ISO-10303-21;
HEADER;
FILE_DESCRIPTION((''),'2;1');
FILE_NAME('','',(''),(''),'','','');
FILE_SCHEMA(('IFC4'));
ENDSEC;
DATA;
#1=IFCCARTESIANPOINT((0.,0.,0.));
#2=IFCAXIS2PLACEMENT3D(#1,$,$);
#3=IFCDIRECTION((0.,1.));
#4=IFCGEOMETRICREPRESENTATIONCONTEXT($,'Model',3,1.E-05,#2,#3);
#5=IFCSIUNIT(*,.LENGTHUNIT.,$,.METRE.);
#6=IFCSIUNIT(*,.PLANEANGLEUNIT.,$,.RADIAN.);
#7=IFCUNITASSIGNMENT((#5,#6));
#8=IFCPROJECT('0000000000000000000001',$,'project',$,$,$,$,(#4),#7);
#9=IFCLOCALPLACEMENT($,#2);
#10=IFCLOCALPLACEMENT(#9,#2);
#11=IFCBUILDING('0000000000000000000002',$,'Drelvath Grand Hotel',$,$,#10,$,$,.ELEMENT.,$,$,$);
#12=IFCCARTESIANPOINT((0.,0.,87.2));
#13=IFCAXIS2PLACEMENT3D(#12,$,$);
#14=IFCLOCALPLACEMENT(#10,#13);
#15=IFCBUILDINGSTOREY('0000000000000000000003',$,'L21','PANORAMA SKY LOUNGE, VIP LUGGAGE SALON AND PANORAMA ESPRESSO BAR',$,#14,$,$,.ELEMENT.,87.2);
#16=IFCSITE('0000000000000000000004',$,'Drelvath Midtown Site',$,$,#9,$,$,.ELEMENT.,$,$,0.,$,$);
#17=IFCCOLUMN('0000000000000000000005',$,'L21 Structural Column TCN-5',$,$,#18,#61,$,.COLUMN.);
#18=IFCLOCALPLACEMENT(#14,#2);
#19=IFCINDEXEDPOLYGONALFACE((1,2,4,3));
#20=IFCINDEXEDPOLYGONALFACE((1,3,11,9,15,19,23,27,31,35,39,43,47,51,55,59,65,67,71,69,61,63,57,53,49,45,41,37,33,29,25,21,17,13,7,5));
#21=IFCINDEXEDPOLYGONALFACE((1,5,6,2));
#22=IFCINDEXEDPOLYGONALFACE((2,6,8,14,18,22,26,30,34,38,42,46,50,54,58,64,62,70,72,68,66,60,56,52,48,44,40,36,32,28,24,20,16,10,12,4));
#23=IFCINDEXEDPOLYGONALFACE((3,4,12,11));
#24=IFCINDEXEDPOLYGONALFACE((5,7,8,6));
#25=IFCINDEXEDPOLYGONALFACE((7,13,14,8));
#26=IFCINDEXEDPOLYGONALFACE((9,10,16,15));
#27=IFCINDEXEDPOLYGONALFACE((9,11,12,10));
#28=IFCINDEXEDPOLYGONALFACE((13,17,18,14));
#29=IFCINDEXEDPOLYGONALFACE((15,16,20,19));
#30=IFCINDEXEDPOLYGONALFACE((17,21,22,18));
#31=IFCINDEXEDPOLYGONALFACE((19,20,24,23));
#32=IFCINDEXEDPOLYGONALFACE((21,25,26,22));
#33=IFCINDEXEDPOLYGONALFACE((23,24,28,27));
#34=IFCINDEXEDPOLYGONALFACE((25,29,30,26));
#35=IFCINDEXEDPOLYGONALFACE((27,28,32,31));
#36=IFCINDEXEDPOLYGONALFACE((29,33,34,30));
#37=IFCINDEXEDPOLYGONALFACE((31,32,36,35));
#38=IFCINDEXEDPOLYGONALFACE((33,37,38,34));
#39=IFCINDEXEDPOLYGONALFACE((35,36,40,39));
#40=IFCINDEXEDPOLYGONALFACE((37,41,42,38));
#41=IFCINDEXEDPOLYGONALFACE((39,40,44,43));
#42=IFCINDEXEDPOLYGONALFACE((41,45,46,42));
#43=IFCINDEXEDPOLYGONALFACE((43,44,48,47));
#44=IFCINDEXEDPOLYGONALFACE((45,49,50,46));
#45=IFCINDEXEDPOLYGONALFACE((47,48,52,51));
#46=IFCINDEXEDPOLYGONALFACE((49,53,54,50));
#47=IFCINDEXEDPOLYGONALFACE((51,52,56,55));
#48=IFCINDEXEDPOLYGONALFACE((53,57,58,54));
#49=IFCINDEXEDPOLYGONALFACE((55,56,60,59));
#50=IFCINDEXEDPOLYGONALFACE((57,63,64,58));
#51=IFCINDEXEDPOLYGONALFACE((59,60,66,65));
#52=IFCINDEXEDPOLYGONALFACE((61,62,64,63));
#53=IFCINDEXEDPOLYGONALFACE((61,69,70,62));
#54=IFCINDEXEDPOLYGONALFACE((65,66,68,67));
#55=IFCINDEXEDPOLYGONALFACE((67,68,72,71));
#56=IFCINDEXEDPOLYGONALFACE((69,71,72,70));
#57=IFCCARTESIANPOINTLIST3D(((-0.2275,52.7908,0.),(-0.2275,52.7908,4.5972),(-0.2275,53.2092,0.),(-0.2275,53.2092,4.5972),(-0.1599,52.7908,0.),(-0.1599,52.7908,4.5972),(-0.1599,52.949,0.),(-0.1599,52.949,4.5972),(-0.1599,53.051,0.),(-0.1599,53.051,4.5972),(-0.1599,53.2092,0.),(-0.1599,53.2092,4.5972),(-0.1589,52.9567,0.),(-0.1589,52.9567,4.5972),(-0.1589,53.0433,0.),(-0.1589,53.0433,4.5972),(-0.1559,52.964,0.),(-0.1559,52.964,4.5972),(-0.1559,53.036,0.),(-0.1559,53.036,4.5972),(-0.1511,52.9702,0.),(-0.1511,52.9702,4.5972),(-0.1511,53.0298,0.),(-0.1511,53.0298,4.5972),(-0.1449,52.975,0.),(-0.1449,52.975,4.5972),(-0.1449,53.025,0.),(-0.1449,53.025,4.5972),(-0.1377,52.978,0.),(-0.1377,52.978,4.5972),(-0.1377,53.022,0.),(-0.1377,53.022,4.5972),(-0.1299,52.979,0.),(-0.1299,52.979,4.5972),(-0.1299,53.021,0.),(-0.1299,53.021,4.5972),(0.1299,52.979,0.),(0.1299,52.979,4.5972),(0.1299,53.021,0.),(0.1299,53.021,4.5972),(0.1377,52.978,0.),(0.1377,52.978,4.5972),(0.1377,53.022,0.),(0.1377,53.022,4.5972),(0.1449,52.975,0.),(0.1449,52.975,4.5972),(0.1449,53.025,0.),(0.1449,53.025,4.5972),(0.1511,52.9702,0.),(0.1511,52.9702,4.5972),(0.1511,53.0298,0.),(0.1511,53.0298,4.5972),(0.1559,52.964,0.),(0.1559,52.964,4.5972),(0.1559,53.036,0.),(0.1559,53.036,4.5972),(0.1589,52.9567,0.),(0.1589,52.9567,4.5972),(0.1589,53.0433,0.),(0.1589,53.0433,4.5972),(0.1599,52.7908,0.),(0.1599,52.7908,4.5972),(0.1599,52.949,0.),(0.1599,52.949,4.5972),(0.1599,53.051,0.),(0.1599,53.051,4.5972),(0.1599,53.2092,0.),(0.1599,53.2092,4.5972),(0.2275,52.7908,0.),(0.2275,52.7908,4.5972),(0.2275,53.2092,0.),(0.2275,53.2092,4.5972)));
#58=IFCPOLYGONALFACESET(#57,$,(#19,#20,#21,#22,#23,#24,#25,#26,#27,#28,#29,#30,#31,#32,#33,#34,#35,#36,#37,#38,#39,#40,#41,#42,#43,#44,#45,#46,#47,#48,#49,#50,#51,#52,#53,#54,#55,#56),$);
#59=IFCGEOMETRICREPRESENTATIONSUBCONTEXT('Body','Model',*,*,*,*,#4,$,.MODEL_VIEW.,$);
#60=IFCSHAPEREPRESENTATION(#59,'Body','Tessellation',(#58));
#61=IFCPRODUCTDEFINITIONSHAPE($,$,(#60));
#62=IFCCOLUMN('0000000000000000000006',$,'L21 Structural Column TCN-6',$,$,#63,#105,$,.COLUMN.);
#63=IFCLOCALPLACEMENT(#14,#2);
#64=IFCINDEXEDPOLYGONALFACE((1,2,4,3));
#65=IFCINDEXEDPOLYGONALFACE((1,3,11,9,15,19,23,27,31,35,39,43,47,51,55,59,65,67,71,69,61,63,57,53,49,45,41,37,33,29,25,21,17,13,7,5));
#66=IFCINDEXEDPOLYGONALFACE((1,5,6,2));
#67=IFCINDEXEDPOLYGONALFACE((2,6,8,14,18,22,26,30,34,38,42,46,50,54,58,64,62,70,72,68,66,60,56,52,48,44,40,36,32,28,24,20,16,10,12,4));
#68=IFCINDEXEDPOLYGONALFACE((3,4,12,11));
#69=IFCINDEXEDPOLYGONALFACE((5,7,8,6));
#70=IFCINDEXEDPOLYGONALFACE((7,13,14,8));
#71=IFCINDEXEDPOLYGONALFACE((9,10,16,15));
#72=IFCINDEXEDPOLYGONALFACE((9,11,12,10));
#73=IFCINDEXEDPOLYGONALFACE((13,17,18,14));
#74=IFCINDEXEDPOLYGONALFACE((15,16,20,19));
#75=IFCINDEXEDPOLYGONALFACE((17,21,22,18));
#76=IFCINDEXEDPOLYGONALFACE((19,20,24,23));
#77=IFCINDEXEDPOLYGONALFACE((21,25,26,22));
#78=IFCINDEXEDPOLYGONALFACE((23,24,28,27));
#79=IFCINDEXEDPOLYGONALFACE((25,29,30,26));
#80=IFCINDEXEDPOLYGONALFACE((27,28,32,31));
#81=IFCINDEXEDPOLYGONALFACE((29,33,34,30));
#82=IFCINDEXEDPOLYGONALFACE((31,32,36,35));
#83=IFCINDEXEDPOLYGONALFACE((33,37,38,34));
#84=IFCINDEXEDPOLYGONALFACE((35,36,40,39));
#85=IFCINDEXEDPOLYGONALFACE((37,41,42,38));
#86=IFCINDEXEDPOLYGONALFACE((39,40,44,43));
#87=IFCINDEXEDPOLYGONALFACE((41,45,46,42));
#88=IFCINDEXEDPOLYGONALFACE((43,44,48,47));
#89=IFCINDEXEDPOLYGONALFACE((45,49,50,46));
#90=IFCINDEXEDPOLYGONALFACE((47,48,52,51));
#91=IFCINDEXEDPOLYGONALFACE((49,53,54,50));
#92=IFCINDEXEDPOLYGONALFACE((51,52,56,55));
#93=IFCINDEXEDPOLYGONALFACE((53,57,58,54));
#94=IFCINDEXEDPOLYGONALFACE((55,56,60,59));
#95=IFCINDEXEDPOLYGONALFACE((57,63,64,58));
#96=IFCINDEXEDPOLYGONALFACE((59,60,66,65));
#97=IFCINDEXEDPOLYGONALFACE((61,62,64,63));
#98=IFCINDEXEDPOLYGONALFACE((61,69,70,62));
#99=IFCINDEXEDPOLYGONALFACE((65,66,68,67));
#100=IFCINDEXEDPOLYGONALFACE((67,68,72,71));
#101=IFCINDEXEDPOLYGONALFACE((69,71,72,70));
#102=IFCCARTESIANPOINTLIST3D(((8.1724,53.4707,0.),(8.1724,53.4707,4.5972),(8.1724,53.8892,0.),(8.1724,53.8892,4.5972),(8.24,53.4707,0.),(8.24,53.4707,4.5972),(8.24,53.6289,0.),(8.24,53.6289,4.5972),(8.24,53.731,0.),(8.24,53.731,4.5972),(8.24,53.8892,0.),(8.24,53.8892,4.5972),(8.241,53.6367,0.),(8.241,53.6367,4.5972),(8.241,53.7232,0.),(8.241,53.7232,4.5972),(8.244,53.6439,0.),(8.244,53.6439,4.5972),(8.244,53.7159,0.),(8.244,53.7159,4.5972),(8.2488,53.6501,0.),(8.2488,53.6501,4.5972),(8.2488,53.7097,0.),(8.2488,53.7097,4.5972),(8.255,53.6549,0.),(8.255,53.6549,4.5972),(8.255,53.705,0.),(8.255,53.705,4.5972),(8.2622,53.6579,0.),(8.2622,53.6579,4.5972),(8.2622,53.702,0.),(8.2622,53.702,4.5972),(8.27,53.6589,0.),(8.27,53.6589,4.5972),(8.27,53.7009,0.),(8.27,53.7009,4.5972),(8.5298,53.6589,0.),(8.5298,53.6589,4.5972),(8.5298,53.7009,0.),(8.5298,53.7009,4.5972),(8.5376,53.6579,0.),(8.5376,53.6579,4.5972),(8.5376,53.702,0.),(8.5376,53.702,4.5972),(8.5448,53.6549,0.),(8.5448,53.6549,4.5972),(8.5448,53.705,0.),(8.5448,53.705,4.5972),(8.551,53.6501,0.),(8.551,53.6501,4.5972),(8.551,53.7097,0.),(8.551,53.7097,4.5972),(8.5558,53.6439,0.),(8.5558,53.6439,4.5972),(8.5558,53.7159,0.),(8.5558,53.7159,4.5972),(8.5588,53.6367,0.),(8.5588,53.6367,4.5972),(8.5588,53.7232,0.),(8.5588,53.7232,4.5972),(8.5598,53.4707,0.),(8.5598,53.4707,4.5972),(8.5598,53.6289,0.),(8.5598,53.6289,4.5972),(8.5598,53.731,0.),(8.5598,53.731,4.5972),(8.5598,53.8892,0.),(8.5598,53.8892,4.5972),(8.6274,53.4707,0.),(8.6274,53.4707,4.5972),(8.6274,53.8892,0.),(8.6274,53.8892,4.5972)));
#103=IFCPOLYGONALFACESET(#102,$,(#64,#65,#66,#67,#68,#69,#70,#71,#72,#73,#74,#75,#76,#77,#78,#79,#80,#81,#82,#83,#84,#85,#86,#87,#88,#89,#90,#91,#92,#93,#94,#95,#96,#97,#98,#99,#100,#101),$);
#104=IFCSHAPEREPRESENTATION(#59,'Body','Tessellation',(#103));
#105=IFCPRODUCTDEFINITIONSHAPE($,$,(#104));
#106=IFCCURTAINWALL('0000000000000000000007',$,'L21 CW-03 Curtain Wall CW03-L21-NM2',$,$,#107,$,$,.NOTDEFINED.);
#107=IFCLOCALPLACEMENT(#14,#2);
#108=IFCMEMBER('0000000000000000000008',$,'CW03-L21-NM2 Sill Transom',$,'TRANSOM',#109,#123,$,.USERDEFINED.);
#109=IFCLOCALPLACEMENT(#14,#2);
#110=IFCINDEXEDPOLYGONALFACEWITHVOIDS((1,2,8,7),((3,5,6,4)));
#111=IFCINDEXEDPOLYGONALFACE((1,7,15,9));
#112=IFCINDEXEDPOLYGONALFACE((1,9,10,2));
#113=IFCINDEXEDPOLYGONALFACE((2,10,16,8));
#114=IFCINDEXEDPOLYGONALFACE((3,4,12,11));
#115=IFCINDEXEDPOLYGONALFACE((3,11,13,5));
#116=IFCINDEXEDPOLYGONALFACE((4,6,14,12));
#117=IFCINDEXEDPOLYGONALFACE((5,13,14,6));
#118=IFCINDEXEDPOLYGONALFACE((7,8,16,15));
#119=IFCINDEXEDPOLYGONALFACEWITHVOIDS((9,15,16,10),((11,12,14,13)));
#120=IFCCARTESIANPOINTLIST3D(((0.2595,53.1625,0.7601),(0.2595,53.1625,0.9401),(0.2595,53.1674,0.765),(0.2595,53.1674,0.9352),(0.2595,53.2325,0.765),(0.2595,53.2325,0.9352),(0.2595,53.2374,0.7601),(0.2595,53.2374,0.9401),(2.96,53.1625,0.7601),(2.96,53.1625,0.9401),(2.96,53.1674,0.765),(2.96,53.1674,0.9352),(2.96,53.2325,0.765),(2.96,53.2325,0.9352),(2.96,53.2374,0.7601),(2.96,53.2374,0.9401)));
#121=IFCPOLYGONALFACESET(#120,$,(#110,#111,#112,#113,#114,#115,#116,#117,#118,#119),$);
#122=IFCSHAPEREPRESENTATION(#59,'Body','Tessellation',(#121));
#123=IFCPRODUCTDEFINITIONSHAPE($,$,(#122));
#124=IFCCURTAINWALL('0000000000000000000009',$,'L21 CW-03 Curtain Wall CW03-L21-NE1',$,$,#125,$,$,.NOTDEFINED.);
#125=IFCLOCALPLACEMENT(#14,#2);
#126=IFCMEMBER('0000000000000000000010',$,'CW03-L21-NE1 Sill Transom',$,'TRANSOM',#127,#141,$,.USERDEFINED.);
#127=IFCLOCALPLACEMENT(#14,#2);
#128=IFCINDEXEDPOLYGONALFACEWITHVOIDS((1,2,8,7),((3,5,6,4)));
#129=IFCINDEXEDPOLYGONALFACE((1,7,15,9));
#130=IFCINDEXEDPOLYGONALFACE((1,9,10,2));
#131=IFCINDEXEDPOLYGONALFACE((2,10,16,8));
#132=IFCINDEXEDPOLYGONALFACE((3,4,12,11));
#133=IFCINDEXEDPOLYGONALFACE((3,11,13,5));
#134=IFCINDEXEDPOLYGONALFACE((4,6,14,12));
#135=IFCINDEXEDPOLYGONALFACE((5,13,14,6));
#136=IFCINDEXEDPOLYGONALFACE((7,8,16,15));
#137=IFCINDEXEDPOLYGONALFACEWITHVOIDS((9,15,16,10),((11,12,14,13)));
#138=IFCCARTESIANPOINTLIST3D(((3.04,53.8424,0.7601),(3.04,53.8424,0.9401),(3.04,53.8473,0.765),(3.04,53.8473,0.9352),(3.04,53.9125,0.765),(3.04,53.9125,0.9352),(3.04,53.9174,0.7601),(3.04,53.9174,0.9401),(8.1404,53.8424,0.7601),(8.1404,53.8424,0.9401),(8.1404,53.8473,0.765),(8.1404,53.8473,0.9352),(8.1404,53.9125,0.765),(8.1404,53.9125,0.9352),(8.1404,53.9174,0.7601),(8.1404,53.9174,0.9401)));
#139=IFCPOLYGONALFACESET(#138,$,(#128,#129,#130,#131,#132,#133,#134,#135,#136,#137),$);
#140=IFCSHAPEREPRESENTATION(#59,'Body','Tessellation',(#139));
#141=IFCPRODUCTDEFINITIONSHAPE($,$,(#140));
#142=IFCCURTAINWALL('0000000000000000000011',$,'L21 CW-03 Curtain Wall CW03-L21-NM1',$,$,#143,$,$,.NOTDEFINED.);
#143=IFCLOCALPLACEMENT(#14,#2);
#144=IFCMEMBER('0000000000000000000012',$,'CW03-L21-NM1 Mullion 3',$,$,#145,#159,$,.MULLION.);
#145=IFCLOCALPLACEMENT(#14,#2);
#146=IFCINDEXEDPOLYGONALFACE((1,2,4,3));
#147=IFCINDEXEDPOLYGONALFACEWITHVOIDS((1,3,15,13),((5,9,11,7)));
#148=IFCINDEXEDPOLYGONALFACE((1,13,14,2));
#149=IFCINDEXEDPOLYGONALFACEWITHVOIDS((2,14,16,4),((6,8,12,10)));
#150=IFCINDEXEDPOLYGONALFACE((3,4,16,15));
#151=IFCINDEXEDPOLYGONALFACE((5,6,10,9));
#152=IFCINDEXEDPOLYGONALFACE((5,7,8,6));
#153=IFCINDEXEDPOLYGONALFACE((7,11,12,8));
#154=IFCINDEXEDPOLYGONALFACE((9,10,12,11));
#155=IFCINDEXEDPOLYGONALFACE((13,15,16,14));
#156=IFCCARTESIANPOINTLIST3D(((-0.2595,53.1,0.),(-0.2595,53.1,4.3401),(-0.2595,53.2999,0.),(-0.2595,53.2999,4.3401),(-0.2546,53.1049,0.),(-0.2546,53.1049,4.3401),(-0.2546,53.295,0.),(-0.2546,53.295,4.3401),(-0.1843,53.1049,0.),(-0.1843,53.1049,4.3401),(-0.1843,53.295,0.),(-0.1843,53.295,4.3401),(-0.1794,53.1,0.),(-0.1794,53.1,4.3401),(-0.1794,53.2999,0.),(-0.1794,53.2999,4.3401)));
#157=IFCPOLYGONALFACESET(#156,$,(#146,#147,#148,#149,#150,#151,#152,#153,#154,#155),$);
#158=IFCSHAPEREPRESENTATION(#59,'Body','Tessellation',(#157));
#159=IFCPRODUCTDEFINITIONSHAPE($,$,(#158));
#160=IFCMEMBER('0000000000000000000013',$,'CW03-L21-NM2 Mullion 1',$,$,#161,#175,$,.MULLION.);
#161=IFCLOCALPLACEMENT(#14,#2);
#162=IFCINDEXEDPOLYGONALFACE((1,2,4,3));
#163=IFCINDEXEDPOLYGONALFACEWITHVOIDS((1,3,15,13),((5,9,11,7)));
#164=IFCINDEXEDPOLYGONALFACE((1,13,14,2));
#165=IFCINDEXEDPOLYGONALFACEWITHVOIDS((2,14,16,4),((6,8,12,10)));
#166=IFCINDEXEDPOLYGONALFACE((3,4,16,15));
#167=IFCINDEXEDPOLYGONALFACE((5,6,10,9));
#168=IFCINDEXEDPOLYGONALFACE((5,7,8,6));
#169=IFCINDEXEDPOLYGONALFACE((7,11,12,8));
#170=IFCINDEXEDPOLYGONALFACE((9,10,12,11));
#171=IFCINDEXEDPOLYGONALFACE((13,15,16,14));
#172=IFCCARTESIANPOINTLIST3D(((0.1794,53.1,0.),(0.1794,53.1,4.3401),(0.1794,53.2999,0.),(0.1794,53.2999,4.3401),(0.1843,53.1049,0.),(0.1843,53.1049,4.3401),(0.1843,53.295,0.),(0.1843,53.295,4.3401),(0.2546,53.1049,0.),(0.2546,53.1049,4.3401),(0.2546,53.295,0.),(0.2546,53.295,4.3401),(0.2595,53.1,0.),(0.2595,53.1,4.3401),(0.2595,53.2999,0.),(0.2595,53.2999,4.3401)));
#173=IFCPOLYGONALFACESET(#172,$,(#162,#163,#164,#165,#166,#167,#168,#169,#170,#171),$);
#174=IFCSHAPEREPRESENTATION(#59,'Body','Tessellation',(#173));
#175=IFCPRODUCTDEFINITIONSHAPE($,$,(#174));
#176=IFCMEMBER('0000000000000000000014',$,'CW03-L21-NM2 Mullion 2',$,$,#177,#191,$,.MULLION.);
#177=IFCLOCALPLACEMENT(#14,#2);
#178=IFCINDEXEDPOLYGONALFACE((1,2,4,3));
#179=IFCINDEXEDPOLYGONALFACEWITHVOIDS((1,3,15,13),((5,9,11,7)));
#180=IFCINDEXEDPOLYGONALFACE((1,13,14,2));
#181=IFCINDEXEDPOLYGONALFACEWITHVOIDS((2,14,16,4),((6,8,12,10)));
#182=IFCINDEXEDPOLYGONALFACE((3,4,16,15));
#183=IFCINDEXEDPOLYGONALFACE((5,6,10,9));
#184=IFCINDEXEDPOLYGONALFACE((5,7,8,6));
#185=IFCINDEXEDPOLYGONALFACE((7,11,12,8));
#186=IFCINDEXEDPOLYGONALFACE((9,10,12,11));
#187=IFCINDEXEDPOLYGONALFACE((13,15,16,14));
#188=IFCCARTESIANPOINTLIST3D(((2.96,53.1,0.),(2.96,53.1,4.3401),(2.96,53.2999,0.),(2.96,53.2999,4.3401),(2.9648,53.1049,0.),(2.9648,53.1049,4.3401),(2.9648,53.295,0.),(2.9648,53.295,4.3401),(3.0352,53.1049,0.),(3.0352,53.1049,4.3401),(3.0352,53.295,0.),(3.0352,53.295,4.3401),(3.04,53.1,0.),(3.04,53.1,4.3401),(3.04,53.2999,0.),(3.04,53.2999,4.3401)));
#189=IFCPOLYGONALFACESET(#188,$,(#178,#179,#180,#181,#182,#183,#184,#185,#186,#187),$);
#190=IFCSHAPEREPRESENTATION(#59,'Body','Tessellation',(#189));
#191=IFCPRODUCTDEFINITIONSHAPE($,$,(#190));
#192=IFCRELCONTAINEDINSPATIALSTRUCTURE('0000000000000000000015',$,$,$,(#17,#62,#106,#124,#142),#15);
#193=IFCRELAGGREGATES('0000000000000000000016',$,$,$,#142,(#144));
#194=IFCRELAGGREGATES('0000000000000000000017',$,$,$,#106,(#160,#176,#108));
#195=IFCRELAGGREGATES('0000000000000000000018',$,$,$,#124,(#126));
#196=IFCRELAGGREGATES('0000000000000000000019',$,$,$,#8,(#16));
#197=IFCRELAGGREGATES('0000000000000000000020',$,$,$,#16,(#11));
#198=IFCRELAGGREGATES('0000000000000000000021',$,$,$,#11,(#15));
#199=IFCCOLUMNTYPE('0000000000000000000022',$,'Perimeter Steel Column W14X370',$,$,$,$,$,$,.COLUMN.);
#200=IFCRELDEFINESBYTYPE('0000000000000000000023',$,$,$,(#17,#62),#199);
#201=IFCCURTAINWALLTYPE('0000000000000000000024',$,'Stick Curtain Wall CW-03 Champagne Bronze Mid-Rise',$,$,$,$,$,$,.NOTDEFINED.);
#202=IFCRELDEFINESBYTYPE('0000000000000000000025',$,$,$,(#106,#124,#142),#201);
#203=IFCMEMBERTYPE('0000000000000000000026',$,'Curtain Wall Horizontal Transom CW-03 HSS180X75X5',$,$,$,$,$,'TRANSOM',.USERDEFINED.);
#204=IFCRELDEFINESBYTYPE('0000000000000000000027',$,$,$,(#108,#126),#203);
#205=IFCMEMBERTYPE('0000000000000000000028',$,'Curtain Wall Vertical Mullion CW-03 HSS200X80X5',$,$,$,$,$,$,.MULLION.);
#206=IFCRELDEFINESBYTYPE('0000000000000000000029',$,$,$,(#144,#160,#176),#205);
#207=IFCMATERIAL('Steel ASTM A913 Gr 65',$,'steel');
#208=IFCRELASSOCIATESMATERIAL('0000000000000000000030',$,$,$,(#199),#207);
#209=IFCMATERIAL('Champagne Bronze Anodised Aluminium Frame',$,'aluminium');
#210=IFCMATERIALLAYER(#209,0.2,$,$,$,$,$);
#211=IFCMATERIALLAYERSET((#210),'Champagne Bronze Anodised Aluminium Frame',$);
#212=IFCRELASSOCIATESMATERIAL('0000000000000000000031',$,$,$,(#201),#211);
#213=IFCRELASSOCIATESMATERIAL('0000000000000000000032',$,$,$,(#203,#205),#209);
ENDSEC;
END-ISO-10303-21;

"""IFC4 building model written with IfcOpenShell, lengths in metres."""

from ifc_helpers import new_model, si_unit, direction, frame, origin, origin_2d, place, context, subcontext, project, spatial, hollow_rectangle, i_section, extrude, material, layer, layer_set, material_profile, profile_set, type_object, element, aggregate, save


model = new_model("IFC4")

# Units and contexts
model_context = context("Model", 3, precision=1e-05, world=origin(), true_north=direction((0.0, 1.0)))
body_context = subcontext(model_context, "Body", "Model", "MODEL_VIEW")
ifc_project = project(units=[si_unit("LENGTHUNIT", "METRE"), si_unit("PLANEANGLEUNIT", "RADIAN")], contexts=[model_context])

# Site, building, storey
site_placement = place(None, origin())
site = spatial("IfcSite", under=ifc_project, at=site_placement, Name="Drelvath Midtown Site", CompositionType="ELEMENT", RefElevation=0.0)
building_placement = place(site_placement, origin())
building = spatial("IfcBuilding", under=site, at=building_placement, Name="Drelvath Grand Hotel", CompositionType="ELEMENT")
storey_placement = place(building_placement, frame((0.0, 0.0, 87.2)))
storey = spatial("IfcBuildingStorey", under=building, at=storey_placement, Name="L21", Description="PANORAMA SKY LOUNGE, VIP LUGGAGE SALON AND PANORAMA ESPRESSO BAR", CompositionType="ELEMENT", Elevation=87.2)

# Columns
ifc_material_1 = material(Name="Steel ASTM A913 Gr 65", Category="steel")
ifc_material_profile_1 = material_profile(ifc_material_1, i_section(OverallWidth=0.4185, OverallDepth=0.4551, WebThickness=0.042, FlangeThickness=0.0676, FilletRadius=0.03, at=origin_2d()), Name="W14X370")
ifc_profile_set_1 = profile_set([ifc_material_profile_1], Name="Steel ASTM A913 Gr 65")
column_type = type_object("IfcColumnType", Name="Perimeter Steel Column W14X370", PredefinedType="COLUMN", material=ifc_profile_set_1)
for number, where, z_axis, x_axis, name in (
    (1, (0.0, 53.0, 0.0), (0.0, 0.0, 1.0), (0.0, 1.0, 0.0), "L21 Structural Column TCN-5"),
    (2, (8.3999, 53.6799, 0.0), (0.0, 0.0, 1.0), (0.0, 1.0, 0.0), "L21 Structural Column TCN-6"),
):
    element("IfcColumn", number, at=place(storey_placement, frame(where, z_axis=z_axis, x_axis=x_axis)), inside=storey, type_object=column_type, Name=name, PredefinedType="COLUMN", context=body_context, shape_type="SweptSolid", body=[
        extrude(i_section(OverallWidth=0.4185, OverallDepth=0.4551, WebThickness=0.042, FlangeThickness=0.0676, FilletRadius=0.03, at=origin_2d()), origin(), (0.0, 0.0, 1.0), 4.5972),
    ])

# Curtain walls, members
ifc_material_2 = material(Name="Champagne Bronze Anodised Aluminium Frame", Category="aluminium")
ifc_layer_1 = layer(ifc_material_2, 0.2)
ifc_layer_set_1 = layer_set([ifc_layer_1], Name="Champagne Bronze Anodised Aluminium Frame")
curtain_wall_type = type_object("IfcCurtainWallType", Name="Stick Curtain Wall CW-03 Champagne Bronze Mid-Rise", PredefinedType="NOTDEFINED", material=ifc_layer_set_1)
curtain_wall_1_placement = place(storey_placement, origin())
curtain_wall_1 = element("IfcCurtainWall", 3, at=curtain_wall_1_placement, inside=storey, type_object=curtain_wall_type, Name="L21 CW-03 Curtain Wall CW03-L21-NM2", PredefinedType="NOTDEFINED")
ifc_material_profile_2 = material_profile(ifc_material_2, hollow_rectangle(XDim=0.075, YDim=0.1799, WallThickness=0.0049, at=origin_2d()), Name="HSS180X75X5")
ifc_profile_set_2 = profile_set([ifc_material_profile_2], Name="Champagne Bronze Anodised Aluminium Frame")
member_type_1 = type_object("IfcMemberType", Name="Curtain Wall Horizontal Transom CW-03 HSS180X75X5", ElementType="TRANSOM", PredefinedType="USERDEFINED", material=ifc_profile_set_2)
member_1_placement = place(storey_placement, frame((0.2595, 53.2, 0.8501), z_axis=(1.0, 0.0, 0.0), x_axis=(0.0, 1.0, 0.0)))
member_1 = element("IfcMember", 4, at=member_1_placement, type_object=member_type_1, Name="CW03-L21-NM2 Sill Transom", ObjectType="TRANSOM", PredefinedType="USERDEFINED", context=body_context, shape_type="SweptSolid", body=[
    extrude(hollow_rectangle(XDim=0.075, YDim=0.1799, WallThickness=0.0049, at=origin_2d()), origin(), (0.0, 0.0, 1.0), 2.7004),
])
curtain_wall_2_placement = place(storey_placement, origin())
curtain_wall_2 = element("IfcCurtainWall", 5, at=curtain_wall_2_placement, inside=storey, type_object=curtain_wall_type, Name="L21 CW-03 Curtain Wall CW03-L21-NE1", PredefinedType="NOTDEFINED")
member_2_placement = place(storey_placement, frame((3.04, 53.8799, 0.8501), z_axis=(1.0, 0.0, 0.0), x_axis=(0.0, 1.0, 0.0)))
member_2 = element("IfcMember", 6, at=member_2_placement, type_object=member_type_1, Name="CW03-L21-NE1 Sill Transom", ObjectType="TRANSOM", PredefinedType="USERDEFINED", context=body_context, shape_type="SweptSolid", body=[
    extrude(hollow_rectangle(XDim=0.075, YDim=0.1799, WallThickness=0.0049, at=origin_2d()), origin(), (0.0, 0.0, 1.0), 5.1003),
])
curtain_wall_3_placement = place(storey_placement, origin())
curtain_wall_3 = element("IfcCurtainWall", 7, at=curtain_wall_3_placement, inside=storey, type_object=curtain_wall_type, Name="L21 CW-03 Curtain Wall CW03-L21-NM1", PredefinedType="NOTDEFINED")
ifc_material_profile_3 = material_profile(ifc_material_2, hollow_rectangle(XDim=0.0801, YDim=0.2, WallThickness=0.0049, at=origin_2d()), Name="HSS200X80X5")
ifc_profile_set_3 = profile_set([ifc_material_profile_3], Name="Champagne Bronze Anodised Aluminium Frame")
member_type_2 = type_object("IfcMemberType", Name="Curtain Wall Vertical Mullion CW-03 HSS200X80X5", PredefinedType="MULLION", material=ifc_profile_set_3)
member_3_placement = place(storey_placement, frame((-0.2195, 53.2, 0.0), z_axis=(0.0, 0.0, 1.0), x_axis=(1.0, 0.0, 0.0)))
member_3 = element("IfcMember", 8, at=member_3_placement, type_object=member_type_2, Name="CW03-L21-NM1 Mullion 3", PredefinedType="MULLION", context=body_context, shape_type="SweptSolid", body=[
    extrude(hollow_rectangle(XDim=0.0801, YDim=0.2, WallThickness=0.0049, at=origin_2d()), origin(), (0.0, 0.0, 1.0), 4.3401),
])
aggregate(curtain_wall_3, [member_3])

# Members
member_4_placement = place(storey_placement, frame((0.2195, 53.2, 0.0), z_axis=(0.0, 0.0, 1.0), x_axis=(1.0, 0.0, 0.0)))
member_4 = element("IfcMember", 9, at=member_4_placement, type_object=member_type_2, Name="CW03-L21-NM2 Mullion 1", PredefinedType="MULLION", context=body_context, shape_type="SweptSolid", body=[
    extrude(hollow_rectangle(XDim=0.0801, YDim=0.2, WallThickness=0.0049, at=origin_2d()), origin(), (0.0, 0.0, 1.0), 4.3401),
])
member_5_placement = place(storey_placement, frame((3.0, 53.2, 0.0), z_axis=(0.0, 0.0, 1.0), x_axis=(1.0, 0.0, 0.0)))
member_5 = element("IfcMember", 10, at=member_5_placement, type_object=member_type_2, Name="CW03-L21-NM2 Mullion 2", PredefinedType="MULLION", context=body_context, shape_type="SweptSolid", body=[
    extrude(hollow_rectangle(XDim=0.0801, YDim=0.2, WallThickness=0.0049, at=origin_2d()), origin(), (0.0, 0.0, 1.0), 4.3401),
])

aggregate(curtain_wall_1, [member_4, member_5, member_1])
aggregate(curtain_wall_2, [member_2])

save(model, "model.ifc")
